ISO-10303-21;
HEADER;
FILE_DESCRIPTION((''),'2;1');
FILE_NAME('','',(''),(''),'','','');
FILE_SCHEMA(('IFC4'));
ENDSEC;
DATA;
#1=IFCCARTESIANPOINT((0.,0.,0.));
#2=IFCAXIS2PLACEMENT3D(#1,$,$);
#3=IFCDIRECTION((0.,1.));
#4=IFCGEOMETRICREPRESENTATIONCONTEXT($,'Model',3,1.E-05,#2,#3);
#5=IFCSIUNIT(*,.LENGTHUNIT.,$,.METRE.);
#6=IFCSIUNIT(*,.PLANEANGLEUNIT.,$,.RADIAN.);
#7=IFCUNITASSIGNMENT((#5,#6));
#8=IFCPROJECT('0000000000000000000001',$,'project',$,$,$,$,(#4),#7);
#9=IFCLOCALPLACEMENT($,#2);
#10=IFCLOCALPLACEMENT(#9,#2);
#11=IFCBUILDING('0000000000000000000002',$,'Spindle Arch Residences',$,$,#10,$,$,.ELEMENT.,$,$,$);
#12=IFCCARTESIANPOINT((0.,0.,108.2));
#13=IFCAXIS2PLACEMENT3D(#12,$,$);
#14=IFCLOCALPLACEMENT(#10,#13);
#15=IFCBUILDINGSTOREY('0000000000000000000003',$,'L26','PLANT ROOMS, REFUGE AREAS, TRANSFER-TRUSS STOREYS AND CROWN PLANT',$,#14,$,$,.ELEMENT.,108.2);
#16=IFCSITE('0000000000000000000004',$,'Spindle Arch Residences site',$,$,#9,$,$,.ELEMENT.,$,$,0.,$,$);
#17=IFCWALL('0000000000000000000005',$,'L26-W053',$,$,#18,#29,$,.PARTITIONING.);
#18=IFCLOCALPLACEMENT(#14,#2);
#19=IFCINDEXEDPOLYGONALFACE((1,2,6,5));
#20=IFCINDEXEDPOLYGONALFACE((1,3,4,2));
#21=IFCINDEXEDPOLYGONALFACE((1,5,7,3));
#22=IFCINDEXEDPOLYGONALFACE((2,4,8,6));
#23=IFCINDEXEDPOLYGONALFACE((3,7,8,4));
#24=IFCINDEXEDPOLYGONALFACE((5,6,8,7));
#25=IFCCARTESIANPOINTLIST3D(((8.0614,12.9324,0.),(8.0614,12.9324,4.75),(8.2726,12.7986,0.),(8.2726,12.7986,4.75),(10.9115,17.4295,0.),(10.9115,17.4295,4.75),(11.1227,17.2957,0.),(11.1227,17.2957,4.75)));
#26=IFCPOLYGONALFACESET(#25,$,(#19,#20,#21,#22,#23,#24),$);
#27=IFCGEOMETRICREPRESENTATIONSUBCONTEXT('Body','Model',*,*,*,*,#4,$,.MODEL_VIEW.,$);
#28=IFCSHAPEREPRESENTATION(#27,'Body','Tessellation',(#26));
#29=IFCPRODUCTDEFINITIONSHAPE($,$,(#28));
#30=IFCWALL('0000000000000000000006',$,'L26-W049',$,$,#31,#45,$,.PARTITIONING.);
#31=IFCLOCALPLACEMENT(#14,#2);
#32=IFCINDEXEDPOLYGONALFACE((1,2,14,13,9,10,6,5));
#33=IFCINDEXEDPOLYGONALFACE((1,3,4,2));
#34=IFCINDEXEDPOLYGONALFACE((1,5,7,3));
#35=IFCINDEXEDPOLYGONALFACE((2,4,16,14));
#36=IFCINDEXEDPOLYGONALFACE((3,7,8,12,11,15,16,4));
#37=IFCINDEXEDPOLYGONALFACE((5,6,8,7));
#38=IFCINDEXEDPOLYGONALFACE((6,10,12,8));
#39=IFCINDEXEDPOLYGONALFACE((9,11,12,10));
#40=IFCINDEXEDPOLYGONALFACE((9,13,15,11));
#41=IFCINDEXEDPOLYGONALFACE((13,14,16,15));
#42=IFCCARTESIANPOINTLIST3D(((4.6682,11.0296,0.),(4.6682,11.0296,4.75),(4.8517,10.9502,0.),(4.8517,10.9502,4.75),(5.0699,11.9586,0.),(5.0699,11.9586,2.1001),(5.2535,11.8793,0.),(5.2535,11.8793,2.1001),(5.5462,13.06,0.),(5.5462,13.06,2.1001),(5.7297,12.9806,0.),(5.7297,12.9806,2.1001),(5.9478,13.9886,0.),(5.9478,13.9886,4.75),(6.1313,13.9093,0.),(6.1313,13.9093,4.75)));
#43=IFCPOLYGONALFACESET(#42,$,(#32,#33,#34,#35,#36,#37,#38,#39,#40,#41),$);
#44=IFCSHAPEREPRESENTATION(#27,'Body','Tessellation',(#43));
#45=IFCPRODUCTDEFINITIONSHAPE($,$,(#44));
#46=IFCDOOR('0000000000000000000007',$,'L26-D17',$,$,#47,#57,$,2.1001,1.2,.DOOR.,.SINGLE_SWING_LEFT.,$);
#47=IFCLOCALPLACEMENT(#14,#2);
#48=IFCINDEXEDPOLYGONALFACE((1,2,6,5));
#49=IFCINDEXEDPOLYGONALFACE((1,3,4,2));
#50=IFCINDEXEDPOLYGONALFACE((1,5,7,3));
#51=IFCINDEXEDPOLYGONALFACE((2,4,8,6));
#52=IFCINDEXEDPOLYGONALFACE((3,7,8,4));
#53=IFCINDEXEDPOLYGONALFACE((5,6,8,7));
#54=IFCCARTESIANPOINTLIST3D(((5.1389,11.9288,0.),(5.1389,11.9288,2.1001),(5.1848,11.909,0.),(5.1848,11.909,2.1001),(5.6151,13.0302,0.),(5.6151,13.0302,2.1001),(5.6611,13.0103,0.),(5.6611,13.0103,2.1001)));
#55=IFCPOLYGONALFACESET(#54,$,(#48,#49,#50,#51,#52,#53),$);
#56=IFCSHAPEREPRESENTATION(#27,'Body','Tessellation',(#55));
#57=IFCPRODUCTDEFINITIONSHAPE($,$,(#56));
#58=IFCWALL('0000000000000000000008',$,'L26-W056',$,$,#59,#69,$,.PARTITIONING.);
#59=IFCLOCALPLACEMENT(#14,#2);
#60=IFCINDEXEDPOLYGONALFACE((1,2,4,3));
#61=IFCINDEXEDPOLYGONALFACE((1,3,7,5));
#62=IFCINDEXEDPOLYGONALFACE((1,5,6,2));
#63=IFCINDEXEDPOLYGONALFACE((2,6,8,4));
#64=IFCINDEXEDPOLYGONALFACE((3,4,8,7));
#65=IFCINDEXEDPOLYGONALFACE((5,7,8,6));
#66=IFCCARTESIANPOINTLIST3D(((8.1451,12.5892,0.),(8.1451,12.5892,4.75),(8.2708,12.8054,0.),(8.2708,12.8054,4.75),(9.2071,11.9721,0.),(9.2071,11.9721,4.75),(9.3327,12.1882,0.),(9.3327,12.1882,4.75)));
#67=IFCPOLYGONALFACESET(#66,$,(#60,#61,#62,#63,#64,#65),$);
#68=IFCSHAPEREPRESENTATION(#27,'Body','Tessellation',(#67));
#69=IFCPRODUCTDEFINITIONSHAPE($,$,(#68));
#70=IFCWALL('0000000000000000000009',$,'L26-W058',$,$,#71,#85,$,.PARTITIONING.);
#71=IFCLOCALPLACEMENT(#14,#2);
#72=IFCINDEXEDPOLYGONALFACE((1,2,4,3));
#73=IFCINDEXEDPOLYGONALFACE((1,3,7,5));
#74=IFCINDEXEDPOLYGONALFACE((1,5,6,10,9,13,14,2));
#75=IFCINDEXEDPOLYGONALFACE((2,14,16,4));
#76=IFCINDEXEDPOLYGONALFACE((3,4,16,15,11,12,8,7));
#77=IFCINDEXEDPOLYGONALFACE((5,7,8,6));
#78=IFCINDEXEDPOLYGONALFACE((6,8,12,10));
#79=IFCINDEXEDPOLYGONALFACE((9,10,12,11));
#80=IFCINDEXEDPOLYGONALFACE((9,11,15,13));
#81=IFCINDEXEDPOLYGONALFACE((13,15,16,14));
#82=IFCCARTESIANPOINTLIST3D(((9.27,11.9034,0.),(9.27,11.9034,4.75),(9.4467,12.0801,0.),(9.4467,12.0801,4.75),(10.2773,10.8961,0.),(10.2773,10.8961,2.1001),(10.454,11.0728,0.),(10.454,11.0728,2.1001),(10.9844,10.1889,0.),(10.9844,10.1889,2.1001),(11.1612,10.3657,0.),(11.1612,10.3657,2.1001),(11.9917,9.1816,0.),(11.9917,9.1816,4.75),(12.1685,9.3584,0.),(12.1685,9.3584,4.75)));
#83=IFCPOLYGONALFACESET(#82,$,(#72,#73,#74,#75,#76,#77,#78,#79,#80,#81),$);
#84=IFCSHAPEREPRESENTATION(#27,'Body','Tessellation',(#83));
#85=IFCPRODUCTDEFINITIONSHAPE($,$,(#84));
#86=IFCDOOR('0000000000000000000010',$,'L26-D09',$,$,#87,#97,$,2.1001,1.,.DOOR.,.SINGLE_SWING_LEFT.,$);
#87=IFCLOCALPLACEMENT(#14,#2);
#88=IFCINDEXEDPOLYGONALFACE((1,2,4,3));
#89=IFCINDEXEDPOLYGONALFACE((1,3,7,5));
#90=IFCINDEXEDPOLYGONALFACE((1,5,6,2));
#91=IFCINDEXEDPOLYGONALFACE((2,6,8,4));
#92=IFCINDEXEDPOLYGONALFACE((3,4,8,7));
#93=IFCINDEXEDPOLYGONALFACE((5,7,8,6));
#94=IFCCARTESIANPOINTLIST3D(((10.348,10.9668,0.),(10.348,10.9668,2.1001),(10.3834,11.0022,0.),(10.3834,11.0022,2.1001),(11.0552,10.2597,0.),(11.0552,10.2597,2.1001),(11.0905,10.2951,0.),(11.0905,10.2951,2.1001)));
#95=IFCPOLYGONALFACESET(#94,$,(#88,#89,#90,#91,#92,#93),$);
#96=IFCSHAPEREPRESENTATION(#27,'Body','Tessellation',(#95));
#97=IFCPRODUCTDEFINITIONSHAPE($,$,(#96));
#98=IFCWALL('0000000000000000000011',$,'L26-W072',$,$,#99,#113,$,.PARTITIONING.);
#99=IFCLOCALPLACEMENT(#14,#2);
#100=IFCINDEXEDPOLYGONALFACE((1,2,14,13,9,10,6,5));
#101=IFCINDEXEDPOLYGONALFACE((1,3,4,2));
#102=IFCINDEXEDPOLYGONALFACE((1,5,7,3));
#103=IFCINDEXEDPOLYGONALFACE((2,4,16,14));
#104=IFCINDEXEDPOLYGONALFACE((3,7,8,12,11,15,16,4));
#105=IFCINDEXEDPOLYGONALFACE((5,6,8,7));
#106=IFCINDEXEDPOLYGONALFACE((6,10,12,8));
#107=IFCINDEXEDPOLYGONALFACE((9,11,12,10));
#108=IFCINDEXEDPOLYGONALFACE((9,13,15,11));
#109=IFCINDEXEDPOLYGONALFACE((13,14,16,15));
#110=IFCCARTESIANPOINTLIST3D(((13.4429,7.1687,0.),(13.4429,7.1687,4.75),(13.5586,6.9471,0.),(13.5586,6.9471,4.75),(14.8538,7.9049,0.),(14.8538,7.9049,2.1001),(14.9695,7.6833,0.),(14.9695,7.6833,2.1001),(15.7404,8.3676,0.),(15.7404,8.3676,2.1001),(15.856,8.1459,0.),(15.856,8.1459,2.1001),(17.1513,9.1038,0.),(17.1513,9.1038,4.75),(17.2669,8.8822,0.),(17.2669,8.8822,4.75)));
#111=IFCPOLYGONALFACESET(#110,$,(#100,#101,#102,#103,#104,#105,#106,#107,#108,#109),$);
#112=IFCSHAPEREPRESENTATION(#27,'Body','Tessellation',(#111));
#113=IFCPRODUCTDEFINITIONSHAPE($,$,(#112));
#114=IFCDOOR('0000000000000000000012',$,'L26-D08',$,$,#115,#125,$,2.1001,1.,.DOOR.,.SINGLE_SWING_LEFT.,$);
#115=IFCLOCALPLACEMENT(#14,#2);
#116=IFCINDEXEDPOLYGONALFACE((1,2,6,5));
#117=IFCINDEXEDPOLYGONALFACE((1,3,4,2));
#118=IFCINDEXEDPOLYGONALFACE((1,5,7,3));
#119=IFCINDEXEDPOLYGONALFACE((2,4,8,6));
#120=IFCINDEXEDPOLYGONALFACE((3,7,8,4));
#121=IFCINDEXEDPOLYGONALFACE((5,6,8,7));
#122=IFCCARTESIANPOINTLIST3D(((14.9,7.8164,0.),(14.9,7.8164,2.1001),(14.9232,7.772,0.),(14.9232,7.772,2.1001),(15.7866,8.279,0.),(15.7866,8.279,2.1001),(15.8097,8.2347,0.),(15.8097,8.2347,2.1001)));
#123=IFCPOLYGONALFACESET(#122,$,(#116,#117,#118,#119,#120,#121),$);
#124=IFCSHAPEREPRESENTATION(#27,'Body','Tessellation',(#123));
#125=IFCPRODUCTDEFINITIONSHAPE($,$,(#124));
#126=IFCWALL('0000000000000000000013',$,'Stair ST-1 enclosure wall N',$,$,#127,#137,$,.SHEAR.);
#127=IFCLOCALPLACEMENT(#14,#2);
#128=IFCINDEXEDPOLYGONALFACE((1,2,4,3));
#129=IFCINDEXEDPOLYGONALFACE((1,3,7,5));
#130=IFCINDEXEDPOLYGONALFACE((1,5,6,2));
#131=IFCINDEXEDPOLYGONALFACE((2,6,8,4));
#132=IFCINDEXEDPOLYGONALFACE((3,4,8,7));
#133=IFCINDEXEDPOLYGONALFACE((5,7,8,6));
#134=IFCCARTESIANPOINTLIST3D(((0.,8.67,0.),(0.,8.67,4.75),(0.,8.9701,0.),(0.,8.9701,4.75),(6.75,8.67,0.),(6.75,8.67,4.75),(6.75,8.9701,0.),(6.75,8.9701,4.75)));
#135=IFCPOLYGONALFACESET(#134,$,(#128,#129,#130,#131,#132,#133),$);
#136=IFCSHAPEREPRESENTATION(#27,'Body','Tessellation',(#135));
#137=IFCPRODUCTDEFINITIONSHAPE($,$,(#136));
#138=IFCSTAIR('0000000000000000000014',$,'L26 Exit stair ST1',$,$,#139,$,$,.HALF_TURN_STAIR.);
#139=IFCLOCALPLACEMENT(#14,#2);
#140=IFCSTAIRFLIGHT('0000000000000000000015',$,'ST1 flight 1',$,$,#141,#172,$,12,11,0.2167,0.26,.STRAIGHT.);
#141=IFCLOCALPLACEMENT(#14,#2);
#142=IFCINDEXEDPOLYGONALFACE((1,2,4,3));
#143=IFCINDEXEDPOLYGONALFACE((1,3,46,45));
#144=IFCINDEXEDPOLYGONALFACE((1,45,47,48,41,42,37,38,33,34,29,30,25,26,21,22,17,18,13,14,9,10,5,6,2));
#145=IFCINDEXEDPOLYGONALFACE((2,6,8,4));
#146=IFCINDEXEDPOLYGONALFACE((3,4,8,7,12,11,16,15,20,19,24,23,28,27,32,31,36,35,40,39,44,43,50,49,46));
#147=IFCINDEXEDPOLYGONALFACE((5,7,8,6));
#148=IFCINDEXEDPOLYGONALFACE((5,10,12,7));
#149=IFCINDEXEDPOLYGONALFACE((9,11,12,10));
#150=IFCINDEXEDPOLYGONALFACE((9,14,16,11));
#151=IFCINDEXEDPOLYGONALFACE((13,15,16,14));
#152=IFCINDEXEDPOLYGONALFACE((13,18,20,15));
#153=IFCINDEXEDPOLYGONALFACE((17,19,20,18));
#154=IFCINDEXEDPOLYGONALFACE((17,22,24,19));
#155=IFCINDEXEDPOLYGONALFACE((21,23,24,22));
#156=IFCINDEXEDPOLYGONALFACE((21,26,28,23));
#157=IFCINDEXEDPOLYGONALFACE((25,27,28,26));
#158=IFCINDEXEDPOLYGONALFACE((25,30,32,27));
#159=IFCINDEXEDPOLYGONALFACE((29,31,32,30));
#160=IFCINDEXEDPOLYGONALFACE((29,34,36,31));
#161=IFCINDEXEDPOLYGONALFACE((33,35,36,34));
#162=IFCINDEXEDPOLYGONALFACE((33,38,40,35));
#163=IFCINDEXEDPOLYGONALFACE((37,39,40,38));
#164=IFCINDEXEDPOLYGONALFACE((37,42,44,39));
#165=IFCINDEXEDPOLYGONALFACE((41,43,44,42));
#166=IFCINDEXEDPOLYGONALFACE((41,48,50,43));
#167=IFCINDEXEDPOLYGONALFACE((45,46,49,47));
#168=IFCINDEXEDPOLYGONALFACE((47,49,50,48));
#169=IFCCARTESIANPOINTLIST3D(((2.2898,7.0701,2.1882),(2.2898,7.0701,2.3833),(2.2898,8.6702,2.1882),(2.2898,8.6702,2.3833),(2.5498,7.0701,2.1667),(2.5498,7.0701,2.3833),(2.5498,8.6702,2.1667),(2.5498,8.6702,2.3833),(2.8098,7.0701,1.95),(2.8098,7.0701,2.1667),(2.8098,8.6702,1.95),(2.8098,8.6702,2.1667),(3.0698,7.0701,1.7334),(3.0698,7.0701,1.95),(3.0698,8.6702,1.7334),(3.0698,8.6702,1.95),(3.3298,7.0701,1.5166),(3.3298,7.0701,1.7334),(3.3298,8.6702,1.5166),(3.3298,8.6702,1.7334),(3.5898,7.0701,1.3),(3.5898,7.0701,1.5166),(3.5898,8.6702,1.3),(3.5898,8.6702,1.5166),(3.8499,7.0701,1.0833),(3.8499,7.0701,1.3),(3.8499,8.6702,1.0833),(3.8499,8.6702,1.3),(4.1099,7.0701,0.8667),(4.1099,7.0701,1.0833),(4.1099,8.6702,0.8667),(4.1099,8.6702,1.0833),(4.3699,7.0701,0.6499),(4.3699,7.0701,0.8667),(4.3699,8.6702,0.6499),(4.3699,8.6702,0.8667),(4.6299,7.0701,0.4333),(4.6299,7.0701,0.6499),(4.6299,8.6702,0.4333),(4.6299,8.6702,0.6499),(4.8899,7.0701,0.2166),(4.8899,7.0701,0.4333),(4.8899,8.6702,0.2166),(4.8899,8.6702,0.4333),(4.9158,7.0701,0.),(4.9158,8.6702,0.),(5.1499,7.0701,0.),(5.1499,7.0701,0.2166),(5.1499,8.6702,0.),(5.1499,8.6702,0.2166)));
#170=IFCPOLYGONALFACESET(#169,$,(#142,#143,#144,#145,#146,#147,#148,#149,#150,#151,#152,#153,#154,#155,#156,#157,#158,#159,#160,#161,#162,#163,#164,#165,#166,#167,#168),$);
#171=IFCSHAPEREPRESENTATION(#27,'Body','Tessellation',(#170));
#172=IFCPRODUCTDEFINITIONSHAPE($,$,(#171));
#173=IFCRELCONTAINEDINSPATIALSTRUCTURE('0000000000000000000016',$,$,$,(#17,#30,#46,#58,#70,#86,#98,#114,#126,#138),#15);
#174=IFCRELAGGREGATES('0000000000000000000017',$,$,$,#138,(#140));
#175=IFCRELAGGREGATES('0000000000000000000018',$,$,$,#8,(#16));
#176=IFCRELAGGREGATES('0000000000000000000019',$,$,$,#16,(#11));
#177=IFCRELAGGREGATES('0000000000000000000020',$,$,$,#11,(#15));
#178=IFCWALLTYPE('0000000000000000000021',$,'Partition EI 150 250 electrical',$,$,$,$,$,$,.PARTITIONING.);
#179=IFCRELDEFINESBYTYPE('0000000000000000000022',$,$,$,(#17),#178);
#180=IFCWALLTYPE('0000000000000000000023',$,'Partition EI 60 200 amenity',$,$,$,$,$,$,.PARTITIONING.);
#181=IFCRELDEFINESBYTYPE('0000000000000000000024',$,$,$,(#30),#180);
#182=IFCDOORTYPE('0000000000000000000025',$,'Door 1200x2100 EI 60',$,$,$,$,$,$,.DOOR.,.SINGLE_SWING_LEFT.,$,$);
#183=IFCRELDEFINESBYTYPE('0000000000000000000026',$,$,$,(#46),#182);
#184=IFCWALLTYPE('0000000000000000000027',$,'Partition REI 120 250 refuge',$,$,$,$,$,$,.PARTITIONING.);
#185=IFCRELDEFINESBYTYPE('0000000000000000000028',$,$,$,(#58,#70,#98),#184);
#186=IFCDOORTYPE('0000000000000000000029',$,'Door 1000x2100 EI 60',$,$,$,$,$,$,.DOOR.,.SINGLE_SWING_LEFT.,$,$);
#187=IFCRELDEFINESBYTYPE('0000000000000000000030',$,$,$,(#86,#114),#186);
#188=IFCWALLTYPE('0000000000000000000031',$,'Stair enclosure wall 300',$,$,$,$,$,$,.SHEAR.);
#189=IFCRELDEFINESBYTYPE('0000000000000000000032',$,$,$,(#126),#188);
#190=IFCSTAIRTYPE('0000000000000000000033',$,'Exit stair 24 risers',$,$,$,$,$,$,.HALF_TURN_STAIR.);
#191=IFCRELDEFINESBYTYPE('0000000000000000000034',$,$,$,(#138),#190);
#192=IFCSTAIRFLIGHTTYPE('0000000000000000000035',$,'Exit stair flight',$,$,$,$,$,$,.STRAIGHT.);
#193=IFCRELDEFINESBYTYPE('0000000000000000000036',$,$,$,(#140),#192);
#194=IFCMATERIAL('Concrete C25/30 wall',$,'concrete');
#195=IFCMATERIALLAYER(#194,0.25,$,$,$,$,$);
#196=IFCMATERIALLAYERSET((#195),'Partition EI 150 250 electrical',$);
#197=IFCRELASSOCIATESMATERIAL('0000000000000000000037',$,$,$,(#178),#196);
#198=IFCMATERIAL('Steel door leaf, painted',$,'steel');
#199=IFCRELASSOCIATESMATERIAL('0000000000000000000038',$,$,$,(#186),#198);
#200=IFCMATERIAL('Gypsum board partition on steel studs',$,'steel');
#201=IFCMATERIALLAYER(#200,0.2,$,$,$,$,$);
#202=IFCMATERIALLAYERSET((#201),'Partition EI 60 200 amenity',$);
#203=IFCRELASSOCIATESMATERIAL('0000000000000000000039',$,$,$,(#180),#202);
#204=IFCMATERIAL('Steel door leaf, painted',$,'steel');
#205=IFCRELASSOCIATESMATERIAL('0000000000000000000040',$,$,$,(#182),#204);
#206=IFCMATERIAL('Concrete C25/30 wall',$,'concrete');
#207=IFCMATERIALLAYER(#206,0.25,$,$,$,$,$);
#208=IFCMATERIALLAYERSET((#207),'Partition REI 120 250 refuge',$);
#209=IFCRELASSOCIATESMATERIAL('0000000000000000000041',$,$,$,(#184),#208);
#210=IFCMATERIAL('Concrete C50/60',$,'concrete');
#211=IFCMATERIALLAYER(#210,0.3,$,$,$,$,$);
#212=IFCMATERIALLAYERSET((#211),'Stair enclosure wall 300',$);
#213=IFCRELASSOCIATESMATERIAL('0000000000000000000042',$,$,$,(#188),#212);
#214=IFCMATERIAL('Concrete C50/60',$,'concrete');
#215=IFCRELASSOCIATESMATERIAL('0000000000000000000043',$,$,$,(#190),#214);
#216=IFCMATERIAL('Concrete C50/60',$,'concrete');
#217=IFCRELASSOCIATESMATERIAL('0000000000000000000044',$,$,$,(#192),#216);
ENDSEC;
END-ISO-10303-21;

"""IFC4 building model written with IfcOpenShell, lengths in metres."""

from ifc_helpers import new_model, si_unit, direction, frame, frame_2d, origin, place, context, subcontext, project, spatial, polyline, rectangle, outline, extrude, material, layer, layer_set, type_object, element, fill, aggregate, save


model = new_model("IFC4")

# Units and contexts
model_context = context("Model", 3, precision=1e-05, world=origin(), true_north=direction((0.0, 1.0)))
body_context = subcontext(model_context, "Body", "Model", "MODEL_VIEW")
ifc_project = project(units=[si_unit("LENGTHUNIT", "METRE"), si_unit("PLANEANGLEUNIT", "RADIAN")], contexts=[model_context])

# Site, building, storey
site_placement = place(None, origin())
site = spatial("IfcSite", under=ifc_project, at=site_placement, Name="Spindle Arch Residences site", CompositionType="ELEMENT", RefElevation=0.0)
building_placement = place(site_placement, origin())
building = spatial("IfcBuilding", under=site, at=building_placement, Name="Spindle Arch Residences", CompositionType="ELEMENT")
storey_placement = place(building_placement, frame((0.0, 0.0, 108.2)))
storey = spatial("IfcBuildingStorey", under=building, at=storey_placement, Name="L26", Description="PLANT ROOMS, REFUGE AREAS, TRANSFER-TRUSS STOREYS AND CROWN PLANT", CompositionType="ELEMENT", Elevation=108.2)

# Shared definitions
ifc_material_1 = material(Name="Concrete C25/30 wall", Category="concrete")
ifc_layer_1 = layer(ifc_material_1, 0.25)
ifc_layer_set_1 = layer_set([ifc_layer_1], Name="Partition EI 150 250 electrical")
wall_type_1 = type_object("IfcWallType", Name="Partition EI 150 250 electrical", PredefinedType="PARTITIONING", material=ifc_layer_set_1)
ifc_material_2 = material(Name="Steel door leaf, painted", Category="steel")
door_type_1 = type_object("IfcDoorType", Name="Door 1000x2100 EI 60", OperationType="SINGLE_SWING_LEFT", PredefinedType="DOOR", material=ifc_material_2)

# Wall
wall_1_placement = place(storey_placement, frame((8.167, 12.8655, 0.0), z_axis=(0.0, 0.0, 1.0), x_axis=(0.535314, 0.844653, 0.0)))
element("IfcWall", 1, at=wall_1_placement, inside=storey, type_object=wall_type_1, Name="L26-W053", PredefinedType="PARTITIONING", context=body_context, shape_type="SweptSolid", body=[
    extrude(rectangle(XDim=5.3242, YDim=0.25, at=frame_2d((2.6621, 0.0))), origin(), (0.0, 0.0, 1.0), 4.75),
])

# Wall, opening, door
ifc_material_3 = material(Name="Gypsum board partition on steel studs", Category="steel")
ifc_layer_2 = layer(ifc_material_3, 0.2)
ifc_layer_set_2 = layer_set([ifc_layer_2], Name="Partition EI 60 200 amenity")
wall_type_2 = type_object("IfcWallType", Name="Partition EI 60 200 amenity", PredefinedType="PARTITIONING", material=ifc_layer_set_2)
wall_2_placement = place(storey_placement, frame((4.76, 10.99, 0.0), z_axis=(0.0, 0.0, 1.0), x_axis=(0.396906, 0.917859, 0.0)))
wall_2 = element("IfcWall", 2, at=wall_2_placement, inside=storey, type_object=wall_type_2, Name="L26-W049", PredefinedType="PARTITIONING", context=body_context, shape_type="SweptSolid", body=[
    extrude(rectangle(XDim=3.2239, YDim=0.2, at=frame_2d((1.6118, 0.0))), origin(), (0.0, 0.0, 1.0), 4.75),
])
opening_1_placement = place(wall_2_placement, frame((1.012, 0.0, 0.0)))
opening_1 = element("IfcOpeningElement", 3, at=opening_1_placement, cuts=wall_2, PredefinedType="OPENING", context=body_context, shape_type="SweptSolid", body=[
    extrude(rectangle(XDim=1.2, YDim=2.1001, at=frame_2d((0.6001, 1.05))), frame((0.0, 0.1099, 0.0), z_axis=(0.0, -1.0, 0.0), x_axis=(1.0, 0.0, 0.0)), (0.0, 0.0, 1.0), 0.22),
])
ifc_material_4 = material(Name="Steel door leaf, painted", Category="steel")
door_type_2 = type_object("IfcDoorType", Name="Door 1200x2100 EI 60", OperationType="SINGLE_SWING_LEFT", PredefinedType="DOOR", material=ifc_material_4)
door_1_placement = place(opening_1_placement, origin())
door_1 = element("IfcDoor", 4, at=door_1_placement, inside=storey, type_object=door_type_2, Name="L26-D17", OperationType="SINGLE_SWING_LEFT", OverallHeight=2.1001, OverallWidth=1.2, PredefinedType="DOOR", context=body_context, shape_type="SweptSolid", body=[
    extrude(rectangle(XDim=1.2, YDim=2.1001, at=frame_2d((0.6001, 1.05))), frame((0.0, 0.0249, 0.0), z_axis=(0.0, -1.0, 0.0), x_axis=(1.0, 0.0, 0.0)), (0.0, 0.0, 1.0), 0.05),
])
fill(opening_1, door_1)

# Wall
ifc_material_5 = material(Name="Concrete C25/30 wall", Category="concrete")
ifc_layer_3 = layer(ifc_material_5, 0.25)
ifc_layer_set_3 = layer_set([ifc_layer_3], Name="Partition REI 120 250 refuge")
wall_type_3 = type_object("IfcWallType", Name="Partition REI 120 250 refuge", PredefinedType="PARTITIONING", material=ifc_layer_set_3)
wall_3_placement = place(storey_placement, frame((9.27, 12.0801, 0.0), z_axis=(0.0, 0.0, 1.0), x_axis=(-0.8646, 0.502462, 0.0)))
element("IfcWall", 5, at=wall_3_placement, inside=storey, type_object=wall_type_3, Name="L26-W056", PredefinedType="PARTITIONING", context=body_context, shape_type="SweptSolid", body=[
    extrude(rectangle(XDim=1.2283, YDim=0.25, at=frame_2d((0.6143, 0.0))), origin(), (0.0, 0.0, 1.0), 4.75),
])

# Walls, openings, doors
wall_4_placement = place(storey_placement, frame((12.0801, 9.27, 0.0), z_axis=(0.0, 0.0, 1.0), x_axis=(-0.707107, 0.707107, 0.0)))
wall_4 = element("IfcWall", 6, at=wall_4_placement, inside=storey, type_object=wall_type_3, Name="L26-W058", PredefinedType="PARTITIONING", context=body_context, shape_type="SweptSolid", body=[
    extrude(rectangle(XDim=3.8491, YDim=0.25, at=frame_2d((1.9246, 0.0))), origin(), (0.0, 0.0, 1.0), 4.75),
])
opening_2_placement = place(wall_4_placement, frame((1.4246, 0.0, 0.0)))
opening_2 = element("IfcOpeningElement", 7, at=opening_2_placement, cuts=wall_4, PredefinedType="OPENING", context=body_context, shape_type="SweptSolid", body=[
    extrude(rectangle(XDim=1.0, YDim=2.1001, at=frame_2d((0.5, 1.05))), frame((0.0, 0.135, 0.0), z_axis=(0.0, -1.0, 0.0), x_axis=(1.0, 0.0, 0.0)), (0.0, 0.0, 1.0), 0.27),
])
door_2_placement = place(opening_2_placement, origin())
door_2 = element("IfcDoor", 8, at=door_2_placement, inside=storey, type_object=door_type_1, Name="L26-D09", OperationType="SINGLE_SWING_LEFT", OverallHeight=2.1001, OverallWidth=1.0, PredefinedType="DOOR", context=body_context, shape_type="SweptSolid", body=[
    extrude(rectangle(XDim=1.0, YDim=2.1001, at=frame_2d((0.5, 1.05))), frame((0.0, 0.0249, 0.0), z_axis=(0.0, -1.0, 0.0), x_axis=(1.0, 0.0, 0.0)), (0.0, 0.0, 1.0), 0.05),
])
fill(opening_2, door_2)
wall_5_placement = place(storey_placement, frame((17.209, 8.9929, 0.0), z_axis=(0.0, 0.0, 1.0), x_axis=(-0.886554, -0.462626, 0.0)))
wall_5 = element("IfcWall", 9, at=wall_5_placement, inside=storey, type_object=wall_type_3, Name="L26-W072", PredefinedType="PARTITIONING", context=body_context, shape_type="SweptSolid", body=[
    extrude(rectangle(XDim=4.1829, YDim=0.25, at=frame_2d((2.0913, 0.0))), origin(), (0.0, 0.0, 1.0), 4.75),
])
opening_3_placement = place(wall_5_placement, frame((1.5913, 0.0, 0.0)))
opening_3 = element("IfcOpeningElement", 10, at=opening_3_placement, cuts=wall_5, PredefinedType="OPENING", context=body_context, shape_type="SweptSolid", body=[
    extrude(rectangle(XDim=1.0, YDim=2.1001, at=frame_2d((0.5, 1.05))), frame((0.0, 0.135, 0.0), z_axis=(0.0, -1.0, 0.0), x_axis=(1.0, 0.0, 0.0)), (0.0, 0.0, 1.0), 0.27),
])
door_3_placement = place(opening_3_placement, origin())
door_3 = element("IfcDoor", 11, at=door_3_placement, inside=storey, type_object=door_type_1, Name="L26-D08", OperationType="SINGLE_SWING_LEFT", OverallHeight=2.1001, OverallWidth=1.0, PredefinedType="DOOR", context=body_context, shape_type="SweptSolid", body=[
    extrude(rectangle(XDim=1.0, YDim=2.1001, at=frame_2d((0.5, 1.05))), frame((0.0, 0.0249, 0.0), z_axis=(0.0, -1.0, 0.0), x_axis=(1.0, 0.0, 0.0)), (0.0, 0.0, 1.0), 0.05),
])
fill(opening_3, door_3)

# Wall
ifc_material_6 = material(Name="Concrete C50/60", Category="concrete")
ifc_layer_4 = layer(ifc_material_6, 0.3)
ifc_layer_set_4 = layer_set([ifc_layer_4], Name="Stair enclosure wall 300")
wall_type_4 = type_object("IfcWallType", Name="Stair enclosure wall 300", PredefinedType="SHEAR", material=ifc_layer_set_4)
wall_6_placement = place(storey_placement, frame((0.0, 8.8201, 0.0), z_axis=(0.0, 0.0, 1.0), x_axis=(1.0, 0.0, 0.0)))
element("IfcWall", 12, at=wall_6_placement, inside=storey, type_object=wall_type_4, Name="Stair ST-1 enclosure wall N", PredefinedType="SHEAR", context=body_context, shape_type="SweptSolid", body=[
    extrude(rectangle(XDim=6.75, YDim=0.3, at=frame_2d((3.375, 0.0))), origin(), (0.0, 0.0, 1.0), 4.75),
])

# Stair, stair flight
ifc_material_7 = material(Name="Concrete C50/60", Category="concrete")
stair_type = type_object("IfcStairType", Name="Exit stair 24 risers", PredefinedType="HALF_TURN_STAIR", material=ifc_material_7)
stair_placement = place(storey_placement, origin())
stair = element("IfcStair", 13, at=stair_placement, inside=storey, type_object=stair_type, Name="L26 Exit stair ST1", PredefinedType="HALF_TURN_STAIR")
ifc_material_8 = material(Name="Concrete C50/60", Category="concrete")
stair_flight_type = type_object("IfcStairFlightType", Name="Exit stair flight", PredefinedType="STRAIGHT", material=ifc_material_8)
stair_flight_placement = place(storey_placement, frame((5.1499, 7.8701, 0.0), z_axis=(0.0, 0.0, 1.0), x_axis=(-1.0, 0.0, 0.0)))
stair_flight = element("IfcStairFlight", 14, at=stair_flight_placement, type_object=stair_flight_type, Name="ST1 flight 1", NumberOfRisers=12, NumberOfTreads=11, PredefinedType="STRAIGHT", RiserHeight=0.2167, TreadLength=0.26, context=body_context, shape_type="SweptSolid", body=[
    extrude(outline(polyline([(0.0, 0.0), (0.0, 0.2166), (0.26, 0.2166), (0.26, 0.4333), (0.52, 0.4333), (0.52, 0.6499), (0.78, 0.6499), (0.78, 0.8667), (1.04, 0.8667), (1.04, 1.0833), (1.3, 1.0833), (1.3, 1.3), (1.5601, 1.3), (1.5601, 1.5166), (1.8201, 1.5166), (1.8201, 1.7334), (2.0801, 1.7334), (2.0801, 1.95), (2.3401, 1.95), (2.3401, 2.1667), (2.6001, 2.1667), (2.6001, 2.3833), (2.8601, 2.3833), (2.8601, 2.6001), (2.8601, 2.1882), (0.2341, 0.0), (0.0, 0.0)])), frame((0.0, 0.8, 0.0), z_axis=(0.0, -1.0, 0.0), x_axis=(1.0, 0.0, 0.0)), (0.0, 0.0, 1.0), 1.6001),
])
aggregate(stair, [stair_flight])

save(model, "model.ifc")
